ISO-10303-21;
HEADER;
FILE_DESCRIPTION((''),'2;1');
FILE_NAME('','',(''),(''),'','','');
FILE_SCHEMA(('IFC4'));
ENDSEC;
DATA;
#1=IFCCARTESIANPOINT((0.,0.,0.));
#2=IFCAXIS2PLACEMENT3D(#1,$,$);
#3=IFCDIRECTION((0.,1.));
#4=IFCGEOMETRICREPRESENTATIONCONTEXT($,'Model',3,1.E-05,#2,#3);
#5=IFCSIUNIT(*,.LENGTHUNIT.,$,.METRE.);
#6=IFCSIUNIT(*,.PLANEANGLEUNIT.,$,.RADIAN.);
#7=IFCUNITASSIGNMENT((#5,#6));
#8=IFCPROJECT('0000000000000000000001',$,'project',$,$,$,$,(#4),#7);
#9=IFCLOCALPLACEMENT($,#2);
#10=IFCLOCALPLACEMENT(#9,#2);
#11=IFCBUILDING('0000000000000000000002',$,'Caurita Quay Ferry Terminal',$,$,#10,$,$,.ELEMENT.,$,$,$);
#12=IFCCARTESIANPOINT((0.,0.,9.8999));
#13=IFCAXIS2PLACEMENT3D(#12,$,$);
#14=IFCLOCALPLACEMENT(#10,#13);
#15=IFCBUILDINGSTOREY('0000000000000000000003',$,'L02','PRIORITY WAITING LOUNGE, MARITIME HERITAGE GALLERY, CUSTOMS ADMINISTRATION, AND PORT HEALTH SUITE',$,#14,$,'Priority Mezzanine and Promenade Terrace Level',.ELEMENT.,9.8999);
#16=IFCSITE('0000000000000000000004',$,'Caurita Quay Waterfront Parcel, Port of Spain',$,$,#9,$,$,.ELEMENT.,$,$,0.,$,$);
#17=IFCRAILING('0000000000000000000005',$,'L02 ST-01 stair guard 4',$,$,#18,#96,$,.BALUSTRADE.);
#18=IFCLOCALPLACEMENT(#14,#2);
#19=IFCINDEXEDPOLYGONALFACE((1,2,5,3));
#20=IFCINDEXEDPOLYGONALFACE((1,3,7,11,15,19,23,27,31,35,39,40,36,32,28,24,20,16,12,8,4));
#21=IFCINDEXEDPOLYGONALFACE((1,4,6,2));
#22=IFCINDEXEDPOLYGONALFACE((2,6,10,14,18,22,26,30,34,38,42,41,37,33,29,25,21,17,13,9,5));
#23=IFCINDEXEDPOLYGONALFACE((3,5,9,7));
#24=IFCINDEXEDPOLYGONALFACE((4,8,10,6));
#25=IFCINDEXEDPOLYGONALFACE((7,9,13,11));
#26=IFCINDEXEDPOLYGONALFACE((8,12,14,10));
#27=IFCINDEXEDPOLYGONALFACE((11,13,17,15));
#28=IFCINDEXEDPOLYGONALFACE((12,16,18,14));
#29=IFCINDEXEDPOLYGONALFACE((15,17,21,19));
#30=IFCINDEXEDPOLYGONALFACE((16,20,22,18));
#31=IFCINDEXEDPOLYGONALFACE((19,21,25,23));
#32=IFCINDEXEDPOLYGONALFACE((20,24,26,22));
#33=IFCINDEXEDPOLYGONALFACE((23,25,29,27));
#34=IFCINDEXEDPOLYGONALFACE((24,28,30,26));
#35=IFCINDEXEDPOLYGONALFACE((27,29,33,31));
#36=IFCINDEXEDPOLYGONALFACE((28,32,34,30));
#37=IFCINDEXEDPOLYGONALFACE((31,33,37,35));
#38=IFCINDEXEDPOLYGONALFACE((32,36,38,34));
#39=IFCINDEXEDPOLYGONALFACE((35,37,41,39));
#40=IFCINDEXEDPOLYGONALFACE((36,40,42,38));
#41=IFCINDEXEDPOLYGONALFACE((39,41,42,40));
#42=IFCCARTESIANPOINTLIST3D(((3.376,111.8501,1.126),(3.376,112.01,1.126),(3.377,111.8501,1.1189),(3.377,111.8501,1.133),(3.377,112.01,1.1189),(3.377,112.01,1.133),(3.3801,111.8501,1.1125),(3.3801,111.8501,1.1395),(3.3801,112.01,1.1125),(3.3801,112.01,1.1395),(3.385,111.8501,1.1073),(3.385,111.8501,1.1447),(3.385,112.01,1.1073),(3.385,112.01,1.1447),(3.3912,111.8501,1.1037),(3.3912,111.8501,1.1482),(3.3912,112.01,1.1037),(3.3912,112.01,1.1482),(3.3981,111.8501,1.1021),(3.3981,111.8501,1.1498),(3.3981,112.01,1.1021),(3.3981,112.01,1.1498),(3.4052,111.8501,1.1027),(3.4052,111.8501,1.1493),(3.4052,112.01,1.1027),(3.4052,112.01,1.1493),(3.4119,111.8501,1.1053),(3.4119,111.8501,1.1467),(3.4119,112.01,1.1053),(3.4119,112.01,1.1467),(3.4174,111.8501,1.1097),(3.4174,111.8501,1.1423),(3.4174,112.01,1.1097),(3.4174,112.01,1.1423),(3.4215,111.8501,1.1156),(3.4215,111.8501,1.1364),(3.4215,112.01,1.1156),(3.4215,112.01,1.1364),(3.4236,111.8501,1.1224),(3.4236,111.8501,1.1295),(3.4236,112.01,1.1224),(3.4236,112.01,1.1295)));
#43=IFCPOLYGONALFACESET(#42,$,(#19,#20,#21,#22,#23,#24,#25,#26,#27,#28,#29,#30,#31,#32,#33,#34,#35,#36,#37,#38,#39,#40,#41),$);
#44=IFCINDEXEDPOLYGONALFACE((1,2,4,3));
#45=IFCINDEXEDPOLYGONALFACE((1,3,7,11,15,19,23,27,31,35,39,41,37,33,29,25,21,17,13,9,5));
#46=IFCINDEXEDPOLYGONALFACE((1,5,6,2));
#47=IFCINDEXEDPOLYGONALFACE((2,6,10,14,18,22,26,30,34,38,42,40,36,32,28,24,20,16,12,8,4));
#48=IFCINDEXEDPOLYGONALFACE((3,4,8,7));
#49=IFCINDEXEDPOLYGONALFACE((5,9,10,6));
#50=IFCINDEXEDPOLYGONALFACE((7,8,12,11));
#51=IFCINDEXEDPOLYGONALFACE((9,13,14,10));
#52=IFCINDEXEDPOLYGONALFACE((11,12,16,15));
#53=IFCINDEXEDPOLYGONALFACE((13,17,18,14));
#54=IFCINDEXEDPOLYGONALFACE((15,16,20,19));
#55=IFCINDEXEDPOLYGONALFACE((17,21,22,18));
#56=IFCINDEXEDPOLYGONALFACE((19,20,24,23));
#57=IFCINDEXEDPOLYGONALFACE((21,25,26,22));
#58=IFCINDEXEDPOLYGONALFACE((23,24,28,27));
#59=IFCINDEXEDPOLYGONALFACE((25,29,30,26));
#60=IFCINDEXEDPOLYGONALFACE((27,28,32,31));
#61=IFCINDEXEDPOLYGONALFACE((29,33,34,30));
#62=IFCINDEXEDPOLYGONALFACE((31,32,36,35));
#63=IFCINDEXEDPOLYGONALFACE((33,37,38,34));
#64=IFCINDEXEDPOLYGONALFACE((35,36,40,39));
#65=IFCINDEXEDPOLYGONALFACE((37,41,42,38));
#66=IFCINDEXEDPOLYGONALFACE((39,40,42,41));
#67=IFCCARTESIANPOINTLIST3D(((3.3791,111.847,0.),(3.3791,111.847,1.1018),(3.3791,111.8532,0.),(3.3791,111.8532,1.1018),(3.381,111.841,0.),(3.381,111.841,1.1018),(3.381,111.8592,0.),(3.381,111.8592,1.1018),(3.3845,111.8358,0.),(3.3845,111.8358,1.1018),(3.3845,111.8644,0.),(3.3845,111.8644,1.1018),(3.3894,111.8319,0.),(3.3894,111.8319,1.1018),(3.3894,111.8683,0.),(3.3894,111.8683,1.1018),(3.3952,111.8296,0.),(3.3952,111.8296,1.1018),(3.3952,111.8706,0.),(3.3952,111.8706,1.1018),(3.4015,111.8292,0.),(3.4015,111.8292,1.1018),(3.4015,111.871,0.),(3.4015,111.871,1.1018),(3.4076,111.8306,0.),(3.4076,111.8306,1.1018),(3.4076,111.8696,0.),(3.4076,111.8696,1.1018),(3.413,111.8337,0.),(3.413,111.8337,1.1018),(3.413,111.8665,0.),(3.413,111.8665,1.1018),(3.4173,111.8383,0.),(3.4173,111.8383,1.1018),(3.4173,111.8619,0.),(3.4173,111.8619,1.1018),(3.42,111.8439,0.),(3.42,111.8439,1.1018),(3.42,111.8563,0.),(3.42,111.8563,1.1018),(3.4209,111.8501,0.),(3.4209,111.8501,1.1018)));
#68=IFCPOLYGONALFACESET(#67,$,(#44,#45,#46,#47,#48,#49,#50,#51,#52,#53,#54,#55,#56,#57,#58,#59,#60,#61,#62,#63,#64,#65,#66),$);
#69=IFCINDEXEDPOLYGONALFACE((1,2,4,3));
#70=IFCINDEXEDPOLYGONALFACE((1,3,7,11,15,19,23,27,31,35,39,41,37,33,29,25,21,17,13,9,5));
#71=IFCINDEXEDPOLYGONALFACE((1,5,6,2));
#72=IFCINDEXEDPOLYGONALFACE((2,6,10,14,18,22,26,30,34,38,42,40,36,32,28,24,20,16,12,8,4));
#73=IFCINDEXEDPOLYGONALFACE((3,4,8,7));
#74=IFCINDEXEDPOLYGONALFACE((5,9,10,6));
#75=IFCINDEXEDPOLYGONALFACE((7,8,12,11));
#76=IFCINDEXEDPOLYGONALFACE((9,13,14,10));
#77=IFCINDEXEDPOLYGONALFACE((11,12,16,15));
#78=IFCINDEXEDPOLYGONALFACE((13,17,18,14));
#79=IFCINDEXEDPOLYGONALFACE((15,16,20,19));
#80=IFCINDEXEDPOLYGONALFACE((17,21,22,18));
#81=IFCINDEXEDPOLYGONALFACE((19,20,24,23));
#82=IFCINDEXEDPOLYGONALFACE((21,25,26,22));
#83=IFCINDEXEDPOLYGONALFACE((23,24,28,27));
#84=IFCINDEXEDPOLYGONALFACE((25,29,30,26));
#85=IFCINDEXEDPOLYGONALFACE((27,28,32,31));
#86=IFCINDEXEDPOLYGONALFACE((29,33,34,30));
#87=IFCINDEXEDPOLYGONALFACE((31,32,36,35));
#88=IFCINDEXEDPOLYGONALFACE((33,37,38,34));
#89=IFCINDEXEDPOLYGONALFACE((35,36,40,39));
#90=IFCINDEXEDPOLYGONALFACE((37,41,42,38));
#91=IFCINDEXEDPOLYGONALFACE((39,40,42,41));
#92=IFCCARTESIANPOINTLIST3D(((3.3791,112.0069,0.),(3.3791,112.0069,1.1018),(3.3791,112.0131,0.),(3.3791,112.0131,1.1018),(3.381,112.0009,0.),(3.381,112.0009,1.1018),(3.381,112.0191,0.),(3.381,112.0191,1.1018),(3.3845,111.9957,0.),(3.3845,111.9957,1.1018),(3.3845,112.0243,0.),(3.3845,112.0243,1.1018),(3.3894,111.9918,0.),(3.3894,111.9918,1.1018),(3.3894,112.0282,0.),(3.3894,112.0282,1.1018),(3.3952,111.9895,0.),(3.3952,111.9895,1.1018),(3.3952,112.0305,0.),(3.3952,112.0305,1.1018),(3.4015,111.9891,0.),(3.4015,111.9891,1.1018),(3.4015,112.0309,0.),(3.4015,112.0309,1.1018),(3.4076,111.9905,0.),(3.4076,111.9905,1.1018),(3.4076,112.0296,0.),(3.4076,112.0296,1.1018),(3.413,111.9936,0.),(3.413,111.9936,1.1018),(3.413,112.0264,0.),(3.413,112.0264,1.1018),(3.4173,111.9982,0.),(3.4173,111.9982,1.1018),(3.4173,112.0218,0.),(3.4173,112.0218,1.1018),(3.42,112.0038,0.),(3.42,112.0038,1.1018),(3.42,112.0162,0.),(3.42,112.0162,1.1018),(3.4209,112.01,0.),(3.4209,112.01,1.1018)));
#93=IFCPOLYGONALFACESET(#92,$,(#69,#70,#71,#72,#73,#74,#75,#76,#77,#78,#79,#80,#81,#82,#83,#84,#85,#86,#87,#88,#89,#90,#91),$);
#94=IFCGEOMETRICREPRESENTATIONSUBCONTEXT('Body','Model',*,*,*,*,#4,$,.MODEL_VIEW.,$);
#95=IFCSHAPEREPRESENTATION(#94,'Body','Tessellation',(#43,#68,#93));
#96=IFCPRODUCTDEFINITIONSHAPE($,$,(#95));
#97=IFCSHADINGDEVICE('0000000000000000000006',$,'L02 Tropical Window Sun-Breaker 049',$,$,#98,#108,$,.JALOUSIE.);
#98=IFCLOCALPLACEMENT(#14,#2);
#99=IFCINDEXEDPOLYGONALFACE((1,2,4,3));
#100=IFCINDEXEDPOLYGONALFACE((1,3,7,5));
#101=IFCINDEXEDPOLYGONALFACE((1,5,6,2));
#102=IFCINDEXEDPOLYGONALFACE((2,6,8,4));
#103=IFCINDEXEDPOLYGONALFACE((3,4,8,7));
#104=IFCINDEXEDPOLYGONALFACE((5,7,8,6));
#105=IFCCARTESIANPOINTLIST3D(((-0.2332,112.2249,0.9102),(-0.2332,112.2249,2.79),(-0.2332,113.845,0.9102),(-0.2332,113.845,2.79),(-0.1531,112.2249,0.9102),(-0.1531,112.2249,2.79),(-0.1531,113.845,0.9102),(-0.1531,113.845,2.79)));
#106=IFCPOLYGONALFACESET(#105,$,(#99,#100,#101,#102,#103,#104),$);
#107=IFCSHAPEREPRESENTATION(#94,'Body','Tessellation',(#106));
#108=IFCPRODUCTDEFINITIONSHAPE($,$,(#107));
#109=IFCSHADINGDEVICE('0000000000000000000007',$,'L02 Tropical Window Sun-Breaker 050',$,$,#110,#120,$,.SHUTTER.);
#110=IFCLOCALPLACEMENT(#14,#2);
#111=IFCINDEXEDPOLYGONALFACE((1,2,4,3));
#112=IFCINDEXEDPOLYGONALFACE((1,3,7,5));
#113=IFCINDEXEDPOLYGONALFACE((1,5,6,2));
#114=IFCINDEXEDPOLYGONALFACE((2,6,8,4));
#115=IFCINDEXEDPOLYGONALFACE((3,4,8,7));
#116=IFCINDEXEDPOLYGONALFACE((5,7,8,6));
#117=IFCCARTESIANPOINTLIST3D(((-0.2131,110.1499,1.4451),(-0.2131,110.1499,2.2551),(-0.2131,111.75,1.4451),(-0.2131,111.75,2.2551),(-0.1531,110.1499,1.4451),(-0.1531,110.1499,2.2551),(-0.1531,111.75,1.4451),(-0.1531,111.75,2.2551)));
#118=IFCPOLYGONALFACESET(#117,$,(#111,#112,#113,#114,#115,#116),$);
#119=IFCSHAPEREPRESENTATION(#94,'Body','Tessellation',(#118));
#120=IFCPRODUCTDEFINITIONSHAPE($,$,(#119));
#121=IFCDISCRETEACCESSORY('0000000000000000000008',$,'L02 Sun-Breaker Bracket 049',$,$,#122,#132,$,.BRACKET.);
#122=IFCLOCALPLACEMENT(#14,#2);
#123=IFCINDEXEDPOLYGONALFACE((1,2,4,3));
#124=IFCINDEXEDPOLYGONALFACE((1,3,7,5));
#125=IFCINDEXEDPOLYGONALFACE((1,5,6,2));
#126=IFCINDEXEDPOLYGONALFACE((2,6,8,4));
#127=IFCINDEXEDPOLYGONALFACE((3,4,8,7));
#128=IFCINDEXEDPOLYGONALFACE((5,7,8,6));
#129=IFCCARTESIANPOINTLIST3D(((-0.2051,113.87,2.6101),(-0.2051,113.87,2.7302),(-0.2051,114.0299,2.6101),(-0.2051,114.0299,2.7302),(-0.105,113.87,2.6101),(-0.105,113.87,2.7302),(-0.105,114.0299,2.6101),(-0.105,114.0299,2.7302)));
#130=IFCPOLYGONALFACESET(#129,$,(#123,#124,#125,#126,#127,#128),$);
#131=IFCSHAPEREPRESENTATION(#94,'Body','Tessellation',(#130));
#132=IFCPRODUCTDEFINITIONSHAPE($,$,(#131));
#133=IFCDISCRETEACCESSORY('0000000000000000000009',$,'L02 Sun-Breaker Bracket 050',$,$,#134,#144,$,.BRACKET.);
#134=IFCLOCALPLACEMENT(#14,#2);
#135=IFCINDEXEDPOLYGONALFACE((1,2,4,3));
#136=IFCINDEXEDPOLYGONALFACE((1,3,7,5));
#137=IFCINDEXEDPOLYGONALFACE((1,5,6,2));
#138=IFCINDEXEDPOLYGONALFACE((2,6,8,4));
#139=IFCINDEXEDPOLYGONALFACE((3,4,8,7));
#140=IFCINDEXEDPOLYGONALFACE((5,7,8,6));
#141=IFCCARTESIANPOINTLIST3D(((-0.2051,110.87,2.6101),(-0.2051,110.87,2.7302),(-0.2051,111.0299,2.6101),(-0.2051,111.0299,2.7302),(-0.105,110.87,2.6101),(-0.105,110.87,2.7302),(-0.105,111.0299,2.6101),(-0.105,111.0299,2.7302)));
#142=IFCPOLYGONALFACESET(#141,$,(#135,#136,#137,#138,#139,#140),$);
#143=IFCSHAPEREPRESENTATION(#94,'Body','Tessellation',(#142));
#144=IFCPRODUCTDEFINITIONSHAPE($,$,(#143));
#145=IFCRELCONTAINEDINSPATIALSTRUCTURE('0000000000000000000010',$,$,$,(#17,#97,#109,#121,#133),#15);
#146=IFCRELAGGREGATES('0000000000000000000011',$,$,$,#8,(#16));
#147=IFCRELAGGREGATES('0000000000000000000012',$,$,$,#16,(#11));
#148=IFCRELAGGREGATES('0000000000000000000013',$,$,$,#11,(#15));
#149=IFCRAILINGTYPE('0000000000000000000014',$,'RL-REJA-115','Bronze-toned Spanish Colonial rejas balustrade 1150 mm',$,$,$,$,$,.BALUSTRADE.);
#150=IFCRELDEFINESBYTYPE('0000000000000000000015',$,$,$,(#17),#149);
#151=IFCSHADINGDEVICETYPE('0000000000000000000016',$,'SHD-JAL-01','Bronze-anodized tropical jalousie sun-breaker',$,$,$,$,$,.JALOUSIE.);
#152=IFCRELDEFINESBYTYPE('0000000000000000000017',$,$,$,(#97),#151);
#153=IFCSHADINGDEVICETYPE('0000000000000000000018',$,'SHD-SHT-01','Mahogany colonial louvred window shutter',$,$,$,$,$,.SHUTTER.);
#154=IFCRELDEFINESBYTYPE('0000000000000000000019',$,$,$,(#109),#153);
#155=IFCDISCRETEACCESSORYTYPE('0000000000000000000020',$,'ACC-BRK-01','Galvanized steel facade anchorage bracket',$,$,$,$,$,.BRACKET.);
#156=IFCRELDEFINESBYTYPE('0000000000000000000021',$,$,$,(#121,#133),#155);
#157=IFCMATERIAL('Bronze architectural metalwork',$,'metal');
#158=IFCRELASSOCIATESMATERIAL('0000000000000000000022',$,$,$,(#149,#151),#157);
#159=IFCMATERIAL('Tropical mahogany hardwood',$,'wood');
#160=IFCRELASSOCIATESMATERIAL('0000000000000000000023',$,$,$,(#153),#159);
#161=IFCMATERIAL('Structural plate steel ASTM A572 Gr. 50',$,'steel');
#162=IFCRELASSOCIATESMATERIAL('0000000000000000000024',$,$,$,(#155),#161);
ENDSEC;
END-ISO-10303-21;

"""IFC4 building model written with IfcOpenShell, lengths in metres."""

from ifc_helpers import new_model, si_unit, direction, frame, origin, origin_2d, place, context, subcontext, project, spatial, rectangle, circle, extrude, material, type_object, element, save


model = new_model("IFC4")

# Units and contexts
model_context = context("Model", 3, precision=1e-05, world=origin(), true_north=direction((0.0, 1.0)))
body_context = subcontext(model_context, "Body", "Model", "MODEL_VIEW")
ifc_project = project(units=[si_unit("LENGTHUNIT", "METRE"), si_unit("PLANEANGLEUNIT", "RADIAN")], contexts=[model_context])

# Site, building, storey
site_placement = place(None, origin())
site = spatial("IfcSite", under=ifc_project, at=site_placement, Name="Caurita Quay Waterfront Parcel, Port of Spain", CompositionType="ELEMENT", RefElevation=0.0)
building_placement = place(site_placement, origin())
building = spatial("IfcBuilding", under=site, at=building_placement, Name="Caurita Quay Ferry Terminal", CompositionType="ELEMENT")
storey_placement = place(building_placement, frame((0.0, 0.0, 9.8999)))
storey = spatial("IfcBuildingStorey", under=building, at=storey_placement, Name="L02", Description="PRIORITY WAITING LOUNGE, MARITIME HERITAGE GALLERY, CUSTOMS ADMINISTRATION, AND PORT HEALTH SUITE", LongName="Priority Mezzanine and Promenade Terrace Level", CompositionType="ELEMENT", Elevation=9.8999)

# Shared definitions
ifc_material_1 = material(Name="Tropical mahogany hardwood", Category="wood")

# Railing
ifc_material_2 = material(Name="Bronze architectural metalwork", Category="metal")
railing_type = type_object("IfcRailingType", Name="RL-REJA-115", Description="Bronze-toned Spanish Colonial rejas balustrade 1150 mm", PredefinedType="BALUSTRADE", material=ifc_material_2)
railing_placement = place(storey_placement, frame((3.3999, 111.8501, 0.0)))
element("IfcRailing", 1, at=railing_placement, inside=storey, type_object=railing_type, Name="L02 ST-01 stair guard 4", PredefinedType="BALUSTRADE", context=body_context, shape_type="SweptSolid", body=[
    extrude(circle(Radius=0.0239, at=origin_2d()), frame((0.0, 0.0, 1.126), z_axis=(0.0, 1.0, 0.0), x_axis=(-1.0, 0.0, 0.0)), (0.0, 0.0, 1.0), 0.1599),
    extrude(circle(Radius=0.021, at=origin_2d()), origin(), (0.0, 0.0, 1.0), 1.1018),
    extrude(circle(Radius=0.021, at=origin_2d()), frame((0.0, 0.1599, 0.0)), (0.0, 0.0, 1.0), 1.1018),
])

# Shading devices
shading_device_type_1 = type_object("IfcShadingDeviceType", Name="SHD-JAL-01", Description="Bronze-anodized tropical jalousie sun-breaker", PredefinedType="JALOUSIE", material=ifc_material_2)
shading_device_1_placement = place(storey_placement, frame((-0.1931, 113.0349, 0.9102), z_axis=(0.0, 0.0, 1.0), x_axis=(0.0, -1.0, 0.0)))
element("IfcShadingDevice", 2, at=shading_device_1_placement, inside=storey, type_object=shading_device_type_1, Name="L02 Tropical Window Sun-Breaker 049", PredefinedType="JALOUSIE", context=body_context, shape_type="SweptSolid", body=[
    extrude(rectangle(XDim=1.6201, YDim=0.0801, at=origin_2d()), origin(), (0.0, 0.0, 1.0), 1.8799),
])
shading_device_type_2 = type_object("IfcShadingDeviceType", Name="SHD-SHT-01", Description="Mahogany colonial louvred window shutter", PredefinedType="SHUTTER", material=ifc_material_1)
shading_device_2_placement = place(storey_placement, frame((-0.1831, 110.95, 1.4451), z_axis=(0.0, 0.0, 1.0), x_axis=(0.0, -1.0, 0.0)))
element("IfcShadingDevice", 3, at=shading_device_2_placement, inside=storey, type_object=shading_device_type_2, Name="L02 Tropical Window Sun-Breaker 050", PredefinedType="SHUTTER", context=body_context, shape_type="SweptSolid", body=[
    extrude(rectangle(XDim=1.6001, YDim=0.0601, at=origin_2d()), origin(), (0.0, 0.0, 1.0), 0.8101),
])

# Discrete accessories
ifc_material_3 = material(Name="Structural plate steel ASTM A572 Gr. 50", Category="steel")
discrete_accessory_type = type_object("IfcDiscreteAccessoryType", Name="ACC-BRK-01", Description="Galvanized steel facade anchorage bracket", PredefinedType="BRACKET", material=ifc_material_3)
for number, where, z_axis, x_axis, name in (
    (4, (-0.155, 113.95, 2.6101), (0.0, 0.0, 1.0), (0.0, -1.0, 0.0), "L02 Sun-Breaker Bracket 049"),
    (5, (-0.155, 110.95, 2.6101), (0.0, 0.0, 1.0), (0.0, -1.0, 0.0), "L02 Sun-Breaker Bracket 050"),
):
    element("IfcDiscreteAccessory", number, at=place(storey_placement, frame(where, z_axis=z_axis, x_axis=x_axis)), inside=storey, type_object=discrete_accessory_type, Name=name, PredefinedType="BRACKET", context=body_context, shape_type="SweptSolid", body=[
        extrude(rectangle(XDim=0.1599, YDim=0.1001, at=origin_2d()), origin(), (0.0, 0.0, 1.0), 0.1201),
    ])

save(model, "model.ifc")
